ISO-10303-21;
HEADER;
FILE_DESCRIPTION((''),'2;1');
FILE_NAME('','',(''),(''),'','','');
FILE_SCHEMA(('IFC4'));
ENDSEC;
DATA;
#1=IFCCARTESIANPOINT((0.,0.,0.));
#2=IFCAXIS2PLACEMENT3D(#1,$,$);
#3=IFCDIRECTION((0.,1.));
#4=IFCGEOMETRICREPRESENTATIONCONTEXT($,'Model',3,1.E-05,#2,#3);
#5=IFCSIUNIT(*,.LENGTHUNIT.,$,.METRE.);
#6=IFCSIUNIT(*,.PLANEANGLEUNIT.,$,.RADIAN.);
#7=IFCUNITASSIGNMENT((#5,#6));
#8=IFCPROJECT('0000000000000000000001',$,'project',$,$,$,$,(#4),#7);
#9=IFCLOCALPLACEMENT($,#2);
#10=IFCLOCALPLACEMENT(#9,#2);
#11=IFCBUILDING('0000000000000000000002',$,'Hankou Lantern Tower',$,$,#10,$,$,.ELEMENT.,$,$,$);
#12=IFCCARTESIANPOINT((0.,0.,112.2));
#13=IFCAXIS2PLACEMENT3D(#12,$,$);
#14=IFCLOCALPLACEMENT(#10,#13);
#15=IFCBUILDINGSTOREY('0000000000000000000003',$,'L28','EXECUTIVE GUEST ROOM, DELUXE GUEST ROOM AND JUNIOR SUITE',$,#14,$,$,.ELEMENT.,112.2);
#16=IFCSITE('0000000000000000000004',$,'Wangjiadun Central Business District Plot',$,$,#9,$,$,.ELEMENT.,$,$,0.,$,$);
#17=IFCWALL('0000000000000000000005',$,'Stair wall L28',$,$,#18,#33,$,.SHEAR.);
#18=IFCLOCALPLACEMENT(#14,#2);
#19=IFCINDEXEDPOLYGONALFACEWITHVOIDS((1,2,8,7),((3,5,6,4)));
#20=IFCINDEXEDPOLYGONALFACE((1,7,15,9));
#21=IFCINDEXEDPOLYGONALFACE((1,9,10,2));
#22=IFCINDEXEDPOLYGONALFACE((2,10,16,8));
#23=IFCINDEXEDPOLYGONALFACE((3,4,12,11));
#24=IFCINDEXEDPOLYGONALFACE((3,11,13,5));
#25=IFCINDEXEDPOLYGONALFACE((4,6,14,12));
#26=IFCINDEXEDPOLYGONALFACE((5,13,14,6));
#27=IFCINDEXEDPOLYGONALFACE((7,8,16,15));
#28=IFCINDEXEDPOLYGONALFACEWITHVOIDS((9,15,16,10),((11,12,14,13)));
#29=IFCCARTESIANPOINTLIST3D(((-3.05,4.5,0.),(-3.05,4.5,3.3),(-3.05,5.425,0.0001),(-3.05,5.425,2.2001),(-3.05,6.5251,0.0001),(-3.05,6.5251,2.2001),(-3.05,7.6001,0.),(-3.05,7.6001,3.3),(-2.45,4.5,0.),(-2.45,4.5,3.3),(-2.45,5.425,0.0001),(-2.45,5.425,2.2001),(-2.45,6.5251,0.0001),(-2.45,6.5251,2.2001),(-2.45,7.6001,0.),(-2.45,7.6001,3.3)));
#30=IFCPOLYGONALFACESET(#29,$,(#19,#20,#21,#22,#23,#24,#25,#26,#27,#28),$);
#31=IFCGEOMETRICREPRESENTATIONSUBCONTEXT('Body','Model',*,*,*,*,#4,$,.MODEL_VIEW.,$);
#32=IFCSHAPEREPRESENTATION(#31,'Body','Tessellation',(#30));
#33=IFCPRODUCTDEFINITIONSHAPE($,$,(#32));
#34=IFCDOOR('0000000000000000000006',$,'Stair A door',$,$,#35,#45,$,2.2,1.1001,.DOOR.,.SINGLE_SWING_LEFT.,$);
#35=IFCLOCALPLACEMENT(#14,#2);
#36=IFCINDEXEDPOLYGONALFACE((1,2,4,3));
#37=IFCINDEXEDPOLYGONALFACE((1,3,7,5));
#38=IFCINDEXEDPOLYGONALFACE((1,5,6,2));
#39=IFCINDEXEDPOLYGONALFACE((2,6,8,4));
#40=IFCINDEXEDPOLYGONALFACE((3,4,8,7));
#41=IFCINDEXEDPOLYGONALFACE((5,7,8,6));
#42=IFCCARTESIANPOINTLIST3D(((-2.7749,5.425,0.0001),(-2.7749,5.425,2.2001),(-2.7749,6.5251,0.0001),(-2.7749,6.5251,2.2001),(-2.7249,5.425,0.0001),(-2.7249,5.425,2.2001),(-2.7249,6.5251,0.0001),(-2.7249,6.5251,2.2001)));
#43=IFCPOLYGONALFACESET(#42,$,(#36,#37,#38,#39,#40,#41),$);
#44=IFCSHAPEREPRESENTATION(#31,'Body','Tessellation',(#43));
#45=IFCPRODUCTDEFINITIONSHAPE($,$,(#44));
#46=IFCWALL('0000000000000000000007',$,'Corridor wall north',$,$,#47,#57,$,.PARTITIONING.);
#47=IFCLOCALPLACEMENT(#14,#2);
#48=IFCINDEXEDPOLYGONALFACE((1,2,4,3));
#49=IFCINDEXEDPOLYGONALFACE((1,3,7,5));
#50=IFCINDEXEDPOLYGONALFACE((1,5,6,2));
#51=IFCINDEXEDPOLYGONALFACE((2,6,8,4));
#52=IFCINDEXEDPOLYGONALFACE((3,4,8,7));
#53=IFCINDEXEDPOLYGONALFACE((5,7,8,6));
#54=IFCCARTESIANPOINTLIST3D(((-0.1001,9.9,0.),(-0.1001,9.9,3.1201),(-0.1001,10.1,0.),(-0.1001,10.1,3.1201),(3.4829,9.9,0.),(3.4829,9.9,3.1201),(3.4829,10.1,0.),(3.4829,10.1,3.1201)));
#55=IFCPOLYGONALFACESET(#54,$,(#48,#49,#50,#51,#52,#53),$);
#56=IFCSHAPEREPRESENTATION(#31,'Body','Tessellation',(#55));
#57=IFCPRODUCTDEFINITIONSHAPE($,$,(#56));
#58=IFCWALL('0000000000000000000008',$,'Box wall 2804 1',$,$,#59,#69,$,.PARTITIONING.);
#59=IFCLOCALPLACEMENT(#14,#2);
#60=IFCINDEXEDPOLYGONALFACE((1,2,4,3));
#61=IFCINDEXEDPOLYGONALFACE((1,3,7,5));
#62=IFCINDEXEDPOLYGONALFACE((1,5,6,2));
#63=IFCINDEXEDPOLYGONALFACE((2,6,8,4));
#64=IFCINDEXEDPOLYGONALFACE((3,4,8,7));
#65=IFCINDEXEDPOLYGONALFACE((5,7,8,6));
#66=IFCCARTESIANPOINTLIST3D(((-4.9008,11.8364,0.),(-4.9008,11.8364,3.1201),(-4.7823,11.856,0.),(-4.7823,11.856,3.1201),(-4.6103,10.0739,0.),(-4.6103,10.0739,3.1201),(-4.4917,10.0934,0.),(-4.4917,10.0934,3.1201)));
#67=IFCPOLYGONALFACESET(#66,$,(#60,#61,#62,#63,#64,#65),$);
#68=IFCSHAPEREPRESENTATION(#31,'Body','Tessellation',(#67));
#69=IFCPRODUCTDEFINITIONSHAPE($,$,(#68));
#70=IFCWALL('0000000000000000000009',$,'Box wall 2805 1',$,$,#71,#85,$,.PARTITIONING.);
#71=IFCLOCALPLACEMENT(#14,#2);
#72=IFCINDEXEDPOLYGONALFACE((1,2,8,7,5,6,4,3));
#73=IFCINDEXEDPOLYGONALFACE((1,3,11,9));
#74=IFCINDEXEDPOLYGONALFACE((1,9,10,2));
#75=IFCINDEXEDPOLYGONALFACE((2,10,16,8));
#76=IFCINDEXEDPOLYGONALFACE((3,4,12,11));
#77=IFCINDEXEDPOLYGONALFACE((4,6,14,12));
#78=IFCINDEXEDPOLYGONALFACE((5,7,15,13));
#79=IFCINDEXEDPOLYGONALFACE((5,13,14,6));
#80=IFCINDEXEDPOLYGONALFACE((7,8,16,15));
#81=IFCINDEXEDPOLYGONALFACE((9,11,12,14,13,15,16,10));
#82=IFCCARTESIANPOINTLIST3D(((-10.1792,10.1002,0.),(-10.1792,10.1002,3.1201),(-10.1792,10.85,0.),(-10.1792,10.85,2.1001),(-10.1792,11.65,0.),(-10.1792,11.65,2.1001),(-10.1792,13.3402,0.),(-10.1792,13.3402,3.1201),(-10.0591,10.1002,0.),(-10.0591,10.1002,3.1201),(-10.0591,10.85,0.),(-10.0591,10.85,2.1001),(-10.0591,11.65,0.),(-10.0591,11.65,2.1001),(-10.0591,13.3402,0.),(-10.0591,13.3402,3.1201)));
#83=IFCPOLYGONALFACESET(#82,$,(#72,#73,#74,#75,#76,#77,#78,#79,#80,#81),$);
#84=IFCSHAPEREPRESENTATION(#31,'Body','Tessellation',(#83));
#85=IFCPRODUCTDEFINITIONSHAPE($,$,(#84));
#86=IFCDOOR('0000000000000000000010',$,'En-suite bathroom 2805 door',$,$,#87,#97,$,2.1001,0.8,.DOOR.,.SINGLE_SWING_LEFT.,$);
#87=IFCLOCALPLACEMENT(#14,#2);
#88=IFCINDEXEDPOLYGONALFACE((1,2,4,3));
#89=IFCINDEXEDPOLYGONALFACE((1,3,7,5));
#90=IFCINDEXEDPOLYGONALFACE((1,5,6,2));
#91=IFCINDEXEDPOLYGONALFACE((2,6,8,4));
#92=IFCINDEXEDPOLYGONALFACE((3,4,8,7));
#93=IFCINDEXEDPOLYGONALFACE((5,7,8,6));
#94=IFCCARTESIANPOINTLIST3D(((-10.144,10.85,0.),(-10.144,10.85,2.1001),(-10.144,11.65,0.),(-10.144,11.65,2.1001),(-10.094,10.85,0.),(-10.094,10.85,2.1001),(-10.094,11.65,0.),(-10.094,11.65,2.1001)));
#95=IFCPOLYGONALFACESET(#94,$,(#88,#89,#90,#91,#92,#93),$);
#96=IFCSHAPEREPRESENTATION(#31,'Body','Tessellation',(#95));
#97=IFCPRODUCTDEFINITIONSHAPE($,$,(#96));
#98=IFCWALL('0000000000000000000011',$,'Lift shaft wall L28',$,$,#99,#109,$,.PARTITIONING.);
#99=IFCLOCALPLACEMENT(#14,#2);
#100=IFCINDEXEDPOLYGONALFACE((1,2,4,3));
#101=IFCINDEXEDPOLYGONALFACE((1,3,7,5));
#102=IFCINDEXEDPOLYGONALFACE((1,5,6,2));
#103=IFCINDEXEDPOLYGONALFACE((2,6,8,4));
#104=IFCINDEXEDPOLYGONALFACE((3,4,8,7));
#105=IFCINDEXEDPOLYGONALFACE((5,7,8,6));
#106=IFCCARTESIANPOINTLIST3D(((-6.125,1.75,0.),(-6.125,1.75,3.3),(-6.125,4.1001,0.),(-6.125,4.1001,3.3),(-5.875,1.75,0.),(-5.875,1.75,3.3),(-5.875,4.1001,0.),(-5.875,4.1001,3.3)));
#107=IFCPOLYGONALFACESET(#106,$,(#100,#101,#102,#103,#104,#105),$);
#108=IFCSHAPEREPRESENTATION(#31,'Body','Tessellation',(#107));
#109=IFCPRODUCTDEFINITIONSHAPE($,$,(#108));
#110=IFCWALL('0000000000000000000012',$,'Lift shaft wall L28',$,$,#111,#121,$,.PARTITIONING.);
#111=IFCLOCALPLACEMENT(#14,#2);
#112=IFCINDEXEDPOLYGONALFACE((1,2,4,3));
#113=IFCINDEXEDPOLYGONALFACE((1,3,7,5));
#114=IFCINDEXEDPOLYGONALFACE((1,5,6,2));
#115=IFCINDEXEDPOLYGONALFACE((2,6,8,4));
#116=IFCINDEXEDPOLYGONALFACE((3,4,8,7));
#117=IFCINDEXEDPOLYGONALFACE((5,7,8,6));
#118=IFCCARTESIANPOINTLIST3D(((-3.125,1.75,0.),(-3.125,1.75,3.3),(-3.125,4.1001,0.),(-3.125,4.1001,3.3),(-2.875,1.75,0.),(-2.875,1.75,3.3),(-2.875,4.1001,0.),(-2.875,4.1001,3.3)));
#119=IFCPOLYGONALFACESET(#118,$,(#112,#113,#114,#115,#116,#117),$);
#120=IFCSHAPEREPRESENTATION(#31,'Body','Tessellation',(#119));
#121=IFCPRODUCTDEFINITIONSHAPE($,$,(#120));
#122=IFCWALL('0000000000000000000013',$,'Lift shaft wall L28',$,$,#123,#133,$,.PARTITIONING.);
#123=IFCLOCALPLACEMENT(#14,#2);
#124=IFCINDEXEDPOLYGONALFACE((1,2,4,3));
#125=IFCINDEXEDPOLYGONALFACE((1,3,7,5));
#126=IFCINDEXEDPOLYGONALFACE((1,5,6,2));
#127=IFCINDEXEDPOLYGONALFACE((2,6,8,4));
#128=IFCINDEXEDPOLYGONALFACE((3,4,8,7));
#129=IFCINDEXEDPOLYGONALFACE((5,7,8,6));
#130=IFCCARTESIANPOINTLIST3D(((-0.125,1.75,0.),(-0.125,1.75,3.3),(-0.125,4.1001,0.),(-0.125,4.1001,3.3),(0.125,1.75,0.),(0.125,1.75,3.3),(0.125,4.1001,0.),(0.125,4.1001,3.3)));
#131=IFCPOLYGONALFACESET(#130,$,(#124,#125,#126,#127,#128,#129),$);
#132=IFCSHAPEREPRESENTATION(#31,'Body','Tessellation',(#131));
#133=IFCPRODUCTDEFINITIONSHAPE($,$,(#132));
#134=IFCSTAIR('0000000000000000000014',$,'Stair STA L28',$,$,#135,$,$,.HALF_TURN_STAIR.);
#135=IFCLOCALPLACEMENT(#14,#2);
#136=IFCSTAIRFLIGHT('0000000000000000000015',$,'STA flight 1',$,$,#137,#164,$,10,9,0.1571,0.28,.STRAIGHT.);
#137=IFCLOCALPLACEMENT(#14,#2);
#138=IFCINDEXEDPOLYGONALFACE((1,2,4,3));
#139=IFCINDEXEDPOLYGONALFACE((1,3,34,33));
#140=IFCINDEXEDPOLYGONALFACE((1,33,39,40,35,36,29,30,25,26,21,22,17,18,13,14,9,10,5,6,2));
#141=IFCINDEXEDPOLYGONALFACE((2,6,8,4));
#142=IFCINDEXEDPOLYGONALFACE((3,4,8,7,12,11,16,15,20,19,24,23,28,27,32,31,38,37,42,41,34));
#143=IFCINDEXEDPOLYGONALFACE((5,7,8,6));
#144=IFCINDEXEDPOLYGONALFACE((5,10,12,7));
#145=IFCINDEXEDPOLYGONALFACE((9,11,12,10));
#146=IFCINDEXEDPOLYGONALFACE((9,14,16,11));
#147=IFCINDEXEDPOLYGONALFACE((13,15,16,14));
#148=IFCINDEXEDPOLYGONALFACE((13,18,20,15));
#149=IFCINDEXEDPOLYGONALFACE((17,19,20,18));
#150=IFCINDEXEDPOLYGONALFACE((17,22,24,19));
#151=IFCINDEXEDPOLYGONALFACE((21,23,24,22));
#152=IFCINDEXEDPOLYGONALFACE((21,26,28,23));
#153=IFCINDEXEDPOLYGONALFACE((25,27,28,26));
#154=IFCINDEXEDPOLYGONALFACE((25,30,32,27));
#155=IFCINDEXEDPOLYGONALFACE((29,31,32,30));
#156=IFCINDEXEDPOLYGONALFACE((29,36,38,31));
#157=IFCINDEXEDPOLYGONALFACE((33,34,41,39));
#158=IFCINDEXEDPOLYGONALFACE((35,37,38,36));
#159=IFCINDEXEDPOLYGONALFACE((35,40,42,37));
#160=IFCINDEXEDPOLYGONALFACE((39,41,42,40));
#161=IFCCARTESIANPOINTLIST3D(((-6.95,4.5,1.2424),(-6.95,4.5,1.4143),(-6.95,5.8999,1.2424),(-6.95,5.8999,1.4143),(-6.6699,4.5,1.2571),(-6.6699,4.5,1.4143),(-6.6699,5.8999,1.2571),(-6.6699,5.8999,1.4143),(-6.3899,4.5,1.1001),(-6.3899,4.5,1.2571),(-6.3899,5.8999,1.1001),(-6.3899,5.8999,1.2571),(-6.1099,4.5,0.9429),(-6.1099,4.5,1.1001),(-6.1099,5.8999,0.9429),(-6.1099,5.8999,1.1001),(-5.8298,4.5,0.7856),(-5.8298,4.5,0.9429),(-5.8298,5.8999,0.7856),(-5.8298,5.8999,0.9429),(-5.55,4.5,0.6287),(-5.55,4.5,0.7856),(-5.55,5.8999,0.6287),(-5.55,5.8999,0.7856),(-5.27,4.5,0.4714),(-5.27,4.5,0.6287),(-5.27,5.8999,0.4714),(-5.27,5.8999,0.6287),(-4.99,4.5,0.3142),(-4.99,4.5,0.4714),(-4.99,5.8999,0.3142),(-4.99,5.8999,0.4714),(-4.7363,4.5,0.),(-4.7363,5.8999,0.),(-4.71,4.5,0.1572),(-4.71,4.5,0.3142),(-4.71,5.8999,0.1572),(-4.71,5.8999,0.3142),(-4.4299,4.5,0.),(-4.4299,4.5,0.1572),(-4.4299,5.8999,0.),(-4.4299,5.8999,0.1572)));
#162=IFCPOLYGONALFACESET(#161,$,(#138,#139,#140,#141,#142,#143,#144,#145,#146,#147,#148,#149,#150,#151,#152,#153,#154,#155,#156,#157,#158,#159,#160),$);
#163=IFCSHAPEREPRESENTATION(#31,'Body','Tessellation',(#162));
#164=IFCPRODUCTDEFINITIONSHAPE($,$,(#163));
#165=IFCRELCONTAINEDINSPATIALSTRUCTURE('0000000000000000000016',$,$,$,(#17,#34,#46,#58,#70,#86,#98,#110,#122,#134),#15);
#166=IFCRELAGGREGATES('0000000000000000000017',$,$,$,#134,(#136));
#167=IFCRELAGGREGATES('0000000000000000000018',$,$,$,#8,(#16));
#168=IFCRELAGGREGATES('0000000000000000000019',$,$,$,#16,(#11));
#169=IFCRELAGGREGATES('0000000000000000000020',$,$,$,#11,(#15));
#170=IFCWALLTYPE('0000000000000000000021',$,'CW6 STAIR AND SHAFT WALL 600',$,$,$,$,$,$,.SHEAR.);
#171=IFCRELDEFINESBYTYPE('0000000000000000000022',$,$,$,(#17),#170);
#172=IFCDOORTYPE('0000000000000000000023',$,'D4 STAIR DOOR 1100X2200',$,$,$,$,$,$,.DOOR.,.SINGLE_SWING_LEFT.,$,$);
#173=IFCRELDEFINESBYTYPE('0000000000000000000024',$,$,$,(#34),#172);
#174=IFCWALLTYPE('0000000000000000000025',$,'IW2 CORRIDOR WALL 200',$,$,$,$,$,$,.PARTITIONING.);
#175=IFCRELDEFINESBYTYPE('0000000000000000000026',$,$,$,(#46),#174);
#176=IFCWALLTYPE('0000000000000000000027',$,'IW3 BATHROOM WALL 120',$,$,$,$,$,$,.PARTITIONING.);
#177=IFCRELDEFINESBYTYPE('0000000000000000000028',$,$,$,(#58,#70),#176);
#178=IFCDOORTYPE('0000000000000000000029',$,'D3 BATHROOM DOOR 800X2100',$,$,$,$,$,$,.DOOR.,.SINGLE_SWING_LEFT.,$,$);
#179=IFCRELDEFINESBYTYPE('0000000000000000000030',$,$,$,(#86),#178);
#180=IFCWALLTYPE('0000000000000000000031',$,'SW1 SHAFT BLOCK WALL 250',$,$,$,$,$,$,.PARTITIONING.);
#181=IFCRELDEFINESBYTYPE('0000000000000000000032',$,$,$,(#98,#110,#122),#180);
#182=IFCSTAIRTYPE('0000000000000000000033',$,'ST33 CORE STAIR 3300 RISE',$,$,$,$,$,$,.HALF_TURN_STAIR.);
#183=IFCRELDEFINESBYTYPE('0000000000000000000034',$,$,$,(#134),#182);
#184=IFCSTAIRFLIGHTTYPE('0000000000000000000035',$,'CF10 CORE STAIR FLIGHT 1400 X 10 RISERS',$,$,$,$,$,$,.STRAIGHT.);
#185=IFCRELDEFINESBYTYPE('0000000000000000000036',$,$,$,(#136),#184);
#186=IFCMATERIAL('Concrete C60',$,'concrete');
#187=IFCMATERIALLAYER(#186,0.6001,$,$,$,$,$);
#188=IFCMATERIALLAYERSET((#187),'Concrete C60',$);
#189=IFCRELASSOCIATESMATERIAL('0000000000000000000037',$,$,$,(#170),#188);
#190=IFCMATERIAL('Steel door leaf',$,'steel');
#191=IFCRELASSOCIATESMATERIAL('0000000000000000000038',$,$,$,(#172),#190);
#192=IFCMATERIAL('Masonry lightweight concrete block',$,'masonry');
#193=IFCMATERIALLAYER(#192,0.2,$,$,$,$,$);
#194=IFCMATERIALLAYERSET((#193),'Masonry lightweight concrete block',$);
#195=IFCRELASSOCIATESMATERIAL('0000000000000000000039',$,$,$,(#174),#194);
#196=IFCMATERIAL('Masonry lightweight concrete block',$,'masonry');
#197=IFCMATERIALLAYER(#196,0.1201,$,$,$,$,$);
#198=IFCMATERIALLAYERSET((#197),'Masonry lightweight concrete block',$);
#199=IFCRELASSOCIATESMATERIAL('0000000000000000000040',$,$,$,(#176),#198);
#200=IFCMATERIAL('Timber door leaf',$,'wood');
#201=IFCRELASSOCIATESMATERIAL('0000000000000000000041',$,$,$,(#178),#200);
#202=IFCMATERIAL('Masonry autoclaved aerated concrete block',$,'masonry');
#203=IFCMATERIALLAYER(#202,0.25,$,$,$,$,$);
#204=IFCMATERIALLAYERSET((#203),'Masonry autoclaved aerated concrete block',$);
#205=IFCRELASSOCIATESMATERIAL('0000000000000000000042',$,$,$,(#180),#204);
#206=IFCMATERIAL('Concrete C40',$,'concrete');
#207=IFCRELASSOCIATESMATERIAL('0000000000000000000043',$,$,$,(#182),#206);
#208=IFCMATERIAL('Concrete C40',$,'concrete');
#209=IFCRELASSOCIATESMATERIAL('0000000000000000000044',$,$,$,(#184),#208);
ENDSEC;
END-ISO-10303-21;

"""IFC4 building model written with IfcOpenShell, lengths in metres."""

from ifc_helpers import new_model, si_unit, direction, frame, frame_2d, origin, place, context, subcontext, project, spatial, polyline, rectangle, outline, extrude, material, layer, layer_set, type_object, element, fill, aggregate, save


model = new_model("IFC4")

# Units and contexts
model_context = context("Model", 3, precision=1e-05, world=origin(), true_north=direction((0.0, 1.0)))
body_context = subcontext(model_context, "Body", "Model", "MODEL_VIEW")
ifc_project = project(units=[si_unit("LENGTHUNIT", "METRE"), si_unit("PLANEANGLEUNIT", "RADIAN")], contexts=[model_context])

# Site, building, storey
site_placement = place(None, origin())
site = spatial("IfcSite", under=ifc_project, at=site_placement, Name="Wangjiadun Central Business District Plot", CompositionType="ELEMENT", RefElevation=0.0)
building_placement = place(site_placement, origin())
building = spatial("IfcBuilding", under=site, at=building_placement, Name="Hankou Lantern Tower", CompositionType="ELEMENT")
storey_placement = place(building_placement, frame((0.0, 0.0, 112.2)))
storey = spatial("IfcBuildingStorey", under=building, at=storey_placement, Name="L28", Description="EXECUTIVE GUEST ROOM, DELUXE GUEST ROOM AND JUNIOR SUITE", CompositionType="ELEMENT", Elevation=112.2)

# Wall, opening, door
ifc_material_1 = material(Name="Concrete C60", Category="concrete")
ifc_layer_1 = layer(ifc_material_1, 0.6001)
ifc_layer_set_1 = layer_set([ifc_layer_1], Name="Concrete C60")
wall_type_1 = type_object("IfcWallType", Name="CW6 STAIR AND SHAFT WALL 600", PredefinedType="SHEAR", material=ifc_layer_set_1)
wall_1_placement = place(storey_placement, frame((-2.75, 4.5, 0.0), z_axis=(0.0, 0.0, 1.0), x_axis=(0.0, 1.0, 0.0)))
wall_1 = element("IfcWall", 1, at=wall_1_placement, inside=storey, type_object=wall_type_1, Name="Stair wall L28", PredefinedType="SHEAR", context=body_context, shape_type="SweptSolid", body=[
    extrude(rectangle(XDim=3.1001, YDim=0.6001, at=frame_2d((1.55, 0.0))), origin(), (0.0, 0.0, 1.0), 3.3),
])
opening_1_placement = place(wall_1_placement, frame((0.925, 0.0, 0.0)))
opening_1 = element("IfcOpeningElement", 2, at=opening_1_placement, cuts=wall_1, PredefinedType="OPENING", context=body_context, shape_type="SweptSolid", body=[
    extrude(rectangle(XDim=1.1001, YDim=2.2, at=frame_2d((0.55, 1.1001))), frame((0.0, 0.3101, 0.0), z_axis=(0.0, -1.0, 0.0), x_axis=(1.0, 0.0, 0.0)), (0.0, 0.0, 1.0), 0.6201),
])
ifc_material_2 = material(Name="Steel door leaf", Category="steel")
door_type_1 = type_object("IfcDoorType", Name="D4 STAIR DOOR 1100X2200", OperationType="SINGLE_SWING_LEFT", PredefinedType="DOOR", material=ifc_material_2)
door_1_placement = place(opening_1_placement, origin())
door_1 = element("IfcDoor", 3, at=door_1_placement, inside=storey, type_object=door_type_1, Name="Stair A door", OperationType="SINGLE_SWING_LEFT", OverallHeight=2.2, OverallWidth=1.1001, PredefinedType="DOOR", context=body_context, shape_type="SweptSolid", body=[
    extrude(rectangle(XDim=1.1001, YDim=2.2, at=frame_2d((0.55, 1.1001))), frame((0.0, 0.0249, 0.0), z_axis=(0.0, -1.0, 0.0), x_axis=(1.0, 0.0, 0.0)), (0.0, 0.0, 1.0), 0.05),
])
fill(opening_1, door_1)

# Walls
ifc_material_3 = material(Name="Masonry lightweight concrete block", Category="masonry")
ifc_layer_2 = layer(ifc_material_3, 0.2)
ifc_layer_set_2 = layer_set([ifc_layer_2], Name="Masonry lightweight concrete block")
wall_type_2 = type_object("IfcWallType", Name="IW2 CORRIDOR WALL 200", PredefinedType="PARTITIONING", material=ifc_layer_set_2)
wall_2_placement = place(storey_placement, frame((-0.1001, 10.0, 0.0), z_axis=(0.0, 0.0, 1.0), x_axis=(1.0, 0.0, 0.0)))
element("IfcWall", 4, at=wall_2_placement, inside=storey, type_object=wall_type_2, Name="Corridor wall north", PredefinedType="PARTITIONING", context=body_context, shape_type="SweptSolid", body=[
    extrude(rectangle(XDim=3.583, YDim=0.2, at=frame_2d((1.7915, 0.0))), origin(), (0.0, 0.0, 1.0), 3.1201),
])
ifc_material_4 = material(Name="Masonry lightweight concrete block", Category="masonry")
ifc_layer_3 = layer(ifc_material_4, 0.1201)
ifc_layer_set_3 = layer_set([ifc_layer_3], Name="Masonry lightweight concrete block")
wall_type_3 = type_object("IfcWallType", Name="IW3 BATHROOM WALL 120", PredefinedType="PARTITIONING", material=ifc_layer_set_3)
wall_3_placement = place(storey_placement, frame((-4.551, 10.0837, 0.0), z_axis=(0.0, 0.0, 1.0), x_axis=(-0.162626, 0.986688, 0.0)))
element("IfcWall", 5, at=wall_3_placement, inside=storey, type_object=wall_type_3, Name="Box wall 2804 1", PredefinedType="PARTITIONING", context=body_context, shape_type="SweptSolid", body=[
    extrude(rectangle(XDim=1.7864, YDim=0.1201, at=frame_2d((0.8931, 0.0))), origin(), (0.0, 0.0, 1.0), 3.1201),
])

# Wall, opening, door
wall_4_placement = place(storey_placement, frame((-10.1191, 10.1001, 0.0), z_axis=(0.0, 0.0, 1.0), x_axis=(0.0, 1.0, 0.0)))
wall_4 = element("IfcWall", 6, at=wall_4_placement, inside=storey, type_object=wall_type_3, Name="Box wall 2805 1", PredefinedType="PARTITIONING", context=body_context, shape_type="SweptSolid", body=[
    extrude(rectangle(XDim=3.24, YDim=0.1201, at=frame_2d((1.6201, 0.0))), origin(), (0.0, 0.0, 1.0), 3.1201),
])
opening_2_placement = place(wall_4_placement, frame((0.75, 0.0, 0.0)))
opening_2 = element("IfcOpeningElement", 7, at=opening_2_placement, cuts=wall_4, PredefinedType="OPENING", context=body_context, shape_type="SweptSolid", body=[
    extrude(rectangle(XDim=0.8, YDim=2.1001, at=frame_2d((0.3999, 1.05))), frame((0.0, 0.0701, 0.0), z_axis=(0.0, -1.0, 0.0), x_axis=(1.0, 0.0, 0.0)), (0.0, 0.0, 1.0), 0.1401),
])
ifc_material_5 = material(Name="Timber door leaf", Category="wood")
door_type_2 = type_object("IfcDoorType", Name="D3 BATHROOM DOOR 800X2100", OperationType="SINGLE_SWING_LEFT", PredefinedType="DOOR", material=ifc_material_5)
door_2_placement = place(opening_2_placement, origin())
door_2 = element("IfcDoor", 8, at=door_2_placement, inside=storey, type_object=door_type_2, Name="En-suite bathroom 2805 door", OperationType="SINGLE_SWING_LEFT", OverallHeight=2.1001, OverallWidth=0.8, PredefinedType="DOOR", context=body_context, shape_type="SweptSolid", body=[
    extrude(rectangle(XDim=0.8, YDim=2.1001, at=frame_2d((0.3999, 1.05))), frame((0.0, 0.0249, 0.0), z_axis=(0.0, -1.0, 0.0), x_axis=(1.0, 0.0, 0.0)), (0.0, 0.0, 1.0), 0.05),
])
fill(opening_2, door_2)

# Walls
ifc_material_6 = material(Name="Masonry autoclaved aerated concrete block", Category="masonry")
ifc_layer_4 = layer(ifc_material_6, 0.25)
ifc_layer_set_4 = layer_set([ifc_layer_4], Name="Masonry autoclaved aerated concrete block")
wall_type_4 = type_object("IfcWallType", Name="SW1 SHAFT BLOCK WALL 250", PredefinedType="PARTITIONING", material=ifc_layer_set_4)
for number, where, z_axis, x_axis, name in (
    (9, (-6.0, 1.75, 0.0), (0.0, 0.0, 1.0), (0.0, 1.0, 0.0), "Lift shaft wall L28"),
    (10, (-3.0, 1.75, 0.0), (0.0, 0.0, 1.0), (0.0, 1.0, 0.0), "Lift shaft wall L28"),
    (11, (0.0, 1.75, 0.0), (0.0, 0.0, 1.0), (0.0, 1.0, 0.0), "Lift shaft wall L28"),
):
    element("IfcWall", number, at=place(storey_placement, frame(where, z_axis=z_axis, x_axis=x_axis)), inside=storey, type_object=wall_type_4, Name=name, PredefinedType="PARTITIONING", context=body_context, shape_type="SweptSolid", body=[
        extrude(rectangle(XDim=2.3501, YDim=0.25, at=frame_2d((1.175, 0.0))), origin(), (0.0, 0.0, 1.0), 3.3),
    ])

# Stair, stair flight
ifc_material_7 = material(Name="Concrete C40", Category="concrete")
stair_type = type_object("IfcStairType", Name="ST33 CORE STAIR 3300 RISE", PredefinedType="HALF_TURN_STAIR", material=ifc_material_7)
stair_placement = place(storey_placement, origin())
stair = element("IfcStair", 12, at=stair_placement, inside=storey, type_object=stair_type, Name="Stair STA L28", PredefinedType="HALF_TURN_STAIR")
ifc_material_8 = material(Name="Concrete C40", Category="concrete")
stair_flight_type_1 = type_object("IfcStairFlightType", Name="CF10 CORE STAIR FLIGHT 1400 X 10 RISERS", PredefinedType="STRAIGHT", material=ifc_material_8)
stair_flight_1_placement = place(storey_placement, frame((-4.4299, 5.2, 0.0), z_axis=(0.0, 0.0, 1.0), x_axis=(-1.0, 0.0, 0.0)))
stair_flight_1 = element("IfcStairFlight", 13, at=stair_flight_1_placement, type_object=stair_flight_type_1, Name="STA flight 1", NumberOfRisers=10, NumberOfTreads=9, PredefinedType="STRAIGHT", RiserHeight=0.1571, TreadLength=0.28, context=body_context, shape_type="SweptSolid", body=[
    extrude(outline(polyline([(0.0, 0.0), (0.0, 0.1572), (0.28, 0.1572), (0.28, 0.3142), (0.5601, 0.3142), (0.5601, 0.4714), (0.8401, 0.4714), (0.8401, 0.6287), (1.1201, 0.6287), (1.1201, 0.7856), (1.3999, 0.7856), (1.3999, 0.9429), (1.6799, 0.9429), (1.6799, 1.1001), (1.96, 1.1001), (1.96, 1.2571), (2.24, 1.2571), (2.24, 1.4143), (2.52, 1.4143), (2.52, 1.5715), (2.52, 1.2424), (0.3064, 0.0), (0.0, 0.0)])), frame((0.0, 0.7, 0.0), z_axis=(0.0, -1.0, 0.0), x_axis=(1.0, 0.0, 0.0)), (0.0, 0.0, 1.0), 1.3999),
])
aggregate(stair, [stair_flight_1])

save(model, "model.ifc")
